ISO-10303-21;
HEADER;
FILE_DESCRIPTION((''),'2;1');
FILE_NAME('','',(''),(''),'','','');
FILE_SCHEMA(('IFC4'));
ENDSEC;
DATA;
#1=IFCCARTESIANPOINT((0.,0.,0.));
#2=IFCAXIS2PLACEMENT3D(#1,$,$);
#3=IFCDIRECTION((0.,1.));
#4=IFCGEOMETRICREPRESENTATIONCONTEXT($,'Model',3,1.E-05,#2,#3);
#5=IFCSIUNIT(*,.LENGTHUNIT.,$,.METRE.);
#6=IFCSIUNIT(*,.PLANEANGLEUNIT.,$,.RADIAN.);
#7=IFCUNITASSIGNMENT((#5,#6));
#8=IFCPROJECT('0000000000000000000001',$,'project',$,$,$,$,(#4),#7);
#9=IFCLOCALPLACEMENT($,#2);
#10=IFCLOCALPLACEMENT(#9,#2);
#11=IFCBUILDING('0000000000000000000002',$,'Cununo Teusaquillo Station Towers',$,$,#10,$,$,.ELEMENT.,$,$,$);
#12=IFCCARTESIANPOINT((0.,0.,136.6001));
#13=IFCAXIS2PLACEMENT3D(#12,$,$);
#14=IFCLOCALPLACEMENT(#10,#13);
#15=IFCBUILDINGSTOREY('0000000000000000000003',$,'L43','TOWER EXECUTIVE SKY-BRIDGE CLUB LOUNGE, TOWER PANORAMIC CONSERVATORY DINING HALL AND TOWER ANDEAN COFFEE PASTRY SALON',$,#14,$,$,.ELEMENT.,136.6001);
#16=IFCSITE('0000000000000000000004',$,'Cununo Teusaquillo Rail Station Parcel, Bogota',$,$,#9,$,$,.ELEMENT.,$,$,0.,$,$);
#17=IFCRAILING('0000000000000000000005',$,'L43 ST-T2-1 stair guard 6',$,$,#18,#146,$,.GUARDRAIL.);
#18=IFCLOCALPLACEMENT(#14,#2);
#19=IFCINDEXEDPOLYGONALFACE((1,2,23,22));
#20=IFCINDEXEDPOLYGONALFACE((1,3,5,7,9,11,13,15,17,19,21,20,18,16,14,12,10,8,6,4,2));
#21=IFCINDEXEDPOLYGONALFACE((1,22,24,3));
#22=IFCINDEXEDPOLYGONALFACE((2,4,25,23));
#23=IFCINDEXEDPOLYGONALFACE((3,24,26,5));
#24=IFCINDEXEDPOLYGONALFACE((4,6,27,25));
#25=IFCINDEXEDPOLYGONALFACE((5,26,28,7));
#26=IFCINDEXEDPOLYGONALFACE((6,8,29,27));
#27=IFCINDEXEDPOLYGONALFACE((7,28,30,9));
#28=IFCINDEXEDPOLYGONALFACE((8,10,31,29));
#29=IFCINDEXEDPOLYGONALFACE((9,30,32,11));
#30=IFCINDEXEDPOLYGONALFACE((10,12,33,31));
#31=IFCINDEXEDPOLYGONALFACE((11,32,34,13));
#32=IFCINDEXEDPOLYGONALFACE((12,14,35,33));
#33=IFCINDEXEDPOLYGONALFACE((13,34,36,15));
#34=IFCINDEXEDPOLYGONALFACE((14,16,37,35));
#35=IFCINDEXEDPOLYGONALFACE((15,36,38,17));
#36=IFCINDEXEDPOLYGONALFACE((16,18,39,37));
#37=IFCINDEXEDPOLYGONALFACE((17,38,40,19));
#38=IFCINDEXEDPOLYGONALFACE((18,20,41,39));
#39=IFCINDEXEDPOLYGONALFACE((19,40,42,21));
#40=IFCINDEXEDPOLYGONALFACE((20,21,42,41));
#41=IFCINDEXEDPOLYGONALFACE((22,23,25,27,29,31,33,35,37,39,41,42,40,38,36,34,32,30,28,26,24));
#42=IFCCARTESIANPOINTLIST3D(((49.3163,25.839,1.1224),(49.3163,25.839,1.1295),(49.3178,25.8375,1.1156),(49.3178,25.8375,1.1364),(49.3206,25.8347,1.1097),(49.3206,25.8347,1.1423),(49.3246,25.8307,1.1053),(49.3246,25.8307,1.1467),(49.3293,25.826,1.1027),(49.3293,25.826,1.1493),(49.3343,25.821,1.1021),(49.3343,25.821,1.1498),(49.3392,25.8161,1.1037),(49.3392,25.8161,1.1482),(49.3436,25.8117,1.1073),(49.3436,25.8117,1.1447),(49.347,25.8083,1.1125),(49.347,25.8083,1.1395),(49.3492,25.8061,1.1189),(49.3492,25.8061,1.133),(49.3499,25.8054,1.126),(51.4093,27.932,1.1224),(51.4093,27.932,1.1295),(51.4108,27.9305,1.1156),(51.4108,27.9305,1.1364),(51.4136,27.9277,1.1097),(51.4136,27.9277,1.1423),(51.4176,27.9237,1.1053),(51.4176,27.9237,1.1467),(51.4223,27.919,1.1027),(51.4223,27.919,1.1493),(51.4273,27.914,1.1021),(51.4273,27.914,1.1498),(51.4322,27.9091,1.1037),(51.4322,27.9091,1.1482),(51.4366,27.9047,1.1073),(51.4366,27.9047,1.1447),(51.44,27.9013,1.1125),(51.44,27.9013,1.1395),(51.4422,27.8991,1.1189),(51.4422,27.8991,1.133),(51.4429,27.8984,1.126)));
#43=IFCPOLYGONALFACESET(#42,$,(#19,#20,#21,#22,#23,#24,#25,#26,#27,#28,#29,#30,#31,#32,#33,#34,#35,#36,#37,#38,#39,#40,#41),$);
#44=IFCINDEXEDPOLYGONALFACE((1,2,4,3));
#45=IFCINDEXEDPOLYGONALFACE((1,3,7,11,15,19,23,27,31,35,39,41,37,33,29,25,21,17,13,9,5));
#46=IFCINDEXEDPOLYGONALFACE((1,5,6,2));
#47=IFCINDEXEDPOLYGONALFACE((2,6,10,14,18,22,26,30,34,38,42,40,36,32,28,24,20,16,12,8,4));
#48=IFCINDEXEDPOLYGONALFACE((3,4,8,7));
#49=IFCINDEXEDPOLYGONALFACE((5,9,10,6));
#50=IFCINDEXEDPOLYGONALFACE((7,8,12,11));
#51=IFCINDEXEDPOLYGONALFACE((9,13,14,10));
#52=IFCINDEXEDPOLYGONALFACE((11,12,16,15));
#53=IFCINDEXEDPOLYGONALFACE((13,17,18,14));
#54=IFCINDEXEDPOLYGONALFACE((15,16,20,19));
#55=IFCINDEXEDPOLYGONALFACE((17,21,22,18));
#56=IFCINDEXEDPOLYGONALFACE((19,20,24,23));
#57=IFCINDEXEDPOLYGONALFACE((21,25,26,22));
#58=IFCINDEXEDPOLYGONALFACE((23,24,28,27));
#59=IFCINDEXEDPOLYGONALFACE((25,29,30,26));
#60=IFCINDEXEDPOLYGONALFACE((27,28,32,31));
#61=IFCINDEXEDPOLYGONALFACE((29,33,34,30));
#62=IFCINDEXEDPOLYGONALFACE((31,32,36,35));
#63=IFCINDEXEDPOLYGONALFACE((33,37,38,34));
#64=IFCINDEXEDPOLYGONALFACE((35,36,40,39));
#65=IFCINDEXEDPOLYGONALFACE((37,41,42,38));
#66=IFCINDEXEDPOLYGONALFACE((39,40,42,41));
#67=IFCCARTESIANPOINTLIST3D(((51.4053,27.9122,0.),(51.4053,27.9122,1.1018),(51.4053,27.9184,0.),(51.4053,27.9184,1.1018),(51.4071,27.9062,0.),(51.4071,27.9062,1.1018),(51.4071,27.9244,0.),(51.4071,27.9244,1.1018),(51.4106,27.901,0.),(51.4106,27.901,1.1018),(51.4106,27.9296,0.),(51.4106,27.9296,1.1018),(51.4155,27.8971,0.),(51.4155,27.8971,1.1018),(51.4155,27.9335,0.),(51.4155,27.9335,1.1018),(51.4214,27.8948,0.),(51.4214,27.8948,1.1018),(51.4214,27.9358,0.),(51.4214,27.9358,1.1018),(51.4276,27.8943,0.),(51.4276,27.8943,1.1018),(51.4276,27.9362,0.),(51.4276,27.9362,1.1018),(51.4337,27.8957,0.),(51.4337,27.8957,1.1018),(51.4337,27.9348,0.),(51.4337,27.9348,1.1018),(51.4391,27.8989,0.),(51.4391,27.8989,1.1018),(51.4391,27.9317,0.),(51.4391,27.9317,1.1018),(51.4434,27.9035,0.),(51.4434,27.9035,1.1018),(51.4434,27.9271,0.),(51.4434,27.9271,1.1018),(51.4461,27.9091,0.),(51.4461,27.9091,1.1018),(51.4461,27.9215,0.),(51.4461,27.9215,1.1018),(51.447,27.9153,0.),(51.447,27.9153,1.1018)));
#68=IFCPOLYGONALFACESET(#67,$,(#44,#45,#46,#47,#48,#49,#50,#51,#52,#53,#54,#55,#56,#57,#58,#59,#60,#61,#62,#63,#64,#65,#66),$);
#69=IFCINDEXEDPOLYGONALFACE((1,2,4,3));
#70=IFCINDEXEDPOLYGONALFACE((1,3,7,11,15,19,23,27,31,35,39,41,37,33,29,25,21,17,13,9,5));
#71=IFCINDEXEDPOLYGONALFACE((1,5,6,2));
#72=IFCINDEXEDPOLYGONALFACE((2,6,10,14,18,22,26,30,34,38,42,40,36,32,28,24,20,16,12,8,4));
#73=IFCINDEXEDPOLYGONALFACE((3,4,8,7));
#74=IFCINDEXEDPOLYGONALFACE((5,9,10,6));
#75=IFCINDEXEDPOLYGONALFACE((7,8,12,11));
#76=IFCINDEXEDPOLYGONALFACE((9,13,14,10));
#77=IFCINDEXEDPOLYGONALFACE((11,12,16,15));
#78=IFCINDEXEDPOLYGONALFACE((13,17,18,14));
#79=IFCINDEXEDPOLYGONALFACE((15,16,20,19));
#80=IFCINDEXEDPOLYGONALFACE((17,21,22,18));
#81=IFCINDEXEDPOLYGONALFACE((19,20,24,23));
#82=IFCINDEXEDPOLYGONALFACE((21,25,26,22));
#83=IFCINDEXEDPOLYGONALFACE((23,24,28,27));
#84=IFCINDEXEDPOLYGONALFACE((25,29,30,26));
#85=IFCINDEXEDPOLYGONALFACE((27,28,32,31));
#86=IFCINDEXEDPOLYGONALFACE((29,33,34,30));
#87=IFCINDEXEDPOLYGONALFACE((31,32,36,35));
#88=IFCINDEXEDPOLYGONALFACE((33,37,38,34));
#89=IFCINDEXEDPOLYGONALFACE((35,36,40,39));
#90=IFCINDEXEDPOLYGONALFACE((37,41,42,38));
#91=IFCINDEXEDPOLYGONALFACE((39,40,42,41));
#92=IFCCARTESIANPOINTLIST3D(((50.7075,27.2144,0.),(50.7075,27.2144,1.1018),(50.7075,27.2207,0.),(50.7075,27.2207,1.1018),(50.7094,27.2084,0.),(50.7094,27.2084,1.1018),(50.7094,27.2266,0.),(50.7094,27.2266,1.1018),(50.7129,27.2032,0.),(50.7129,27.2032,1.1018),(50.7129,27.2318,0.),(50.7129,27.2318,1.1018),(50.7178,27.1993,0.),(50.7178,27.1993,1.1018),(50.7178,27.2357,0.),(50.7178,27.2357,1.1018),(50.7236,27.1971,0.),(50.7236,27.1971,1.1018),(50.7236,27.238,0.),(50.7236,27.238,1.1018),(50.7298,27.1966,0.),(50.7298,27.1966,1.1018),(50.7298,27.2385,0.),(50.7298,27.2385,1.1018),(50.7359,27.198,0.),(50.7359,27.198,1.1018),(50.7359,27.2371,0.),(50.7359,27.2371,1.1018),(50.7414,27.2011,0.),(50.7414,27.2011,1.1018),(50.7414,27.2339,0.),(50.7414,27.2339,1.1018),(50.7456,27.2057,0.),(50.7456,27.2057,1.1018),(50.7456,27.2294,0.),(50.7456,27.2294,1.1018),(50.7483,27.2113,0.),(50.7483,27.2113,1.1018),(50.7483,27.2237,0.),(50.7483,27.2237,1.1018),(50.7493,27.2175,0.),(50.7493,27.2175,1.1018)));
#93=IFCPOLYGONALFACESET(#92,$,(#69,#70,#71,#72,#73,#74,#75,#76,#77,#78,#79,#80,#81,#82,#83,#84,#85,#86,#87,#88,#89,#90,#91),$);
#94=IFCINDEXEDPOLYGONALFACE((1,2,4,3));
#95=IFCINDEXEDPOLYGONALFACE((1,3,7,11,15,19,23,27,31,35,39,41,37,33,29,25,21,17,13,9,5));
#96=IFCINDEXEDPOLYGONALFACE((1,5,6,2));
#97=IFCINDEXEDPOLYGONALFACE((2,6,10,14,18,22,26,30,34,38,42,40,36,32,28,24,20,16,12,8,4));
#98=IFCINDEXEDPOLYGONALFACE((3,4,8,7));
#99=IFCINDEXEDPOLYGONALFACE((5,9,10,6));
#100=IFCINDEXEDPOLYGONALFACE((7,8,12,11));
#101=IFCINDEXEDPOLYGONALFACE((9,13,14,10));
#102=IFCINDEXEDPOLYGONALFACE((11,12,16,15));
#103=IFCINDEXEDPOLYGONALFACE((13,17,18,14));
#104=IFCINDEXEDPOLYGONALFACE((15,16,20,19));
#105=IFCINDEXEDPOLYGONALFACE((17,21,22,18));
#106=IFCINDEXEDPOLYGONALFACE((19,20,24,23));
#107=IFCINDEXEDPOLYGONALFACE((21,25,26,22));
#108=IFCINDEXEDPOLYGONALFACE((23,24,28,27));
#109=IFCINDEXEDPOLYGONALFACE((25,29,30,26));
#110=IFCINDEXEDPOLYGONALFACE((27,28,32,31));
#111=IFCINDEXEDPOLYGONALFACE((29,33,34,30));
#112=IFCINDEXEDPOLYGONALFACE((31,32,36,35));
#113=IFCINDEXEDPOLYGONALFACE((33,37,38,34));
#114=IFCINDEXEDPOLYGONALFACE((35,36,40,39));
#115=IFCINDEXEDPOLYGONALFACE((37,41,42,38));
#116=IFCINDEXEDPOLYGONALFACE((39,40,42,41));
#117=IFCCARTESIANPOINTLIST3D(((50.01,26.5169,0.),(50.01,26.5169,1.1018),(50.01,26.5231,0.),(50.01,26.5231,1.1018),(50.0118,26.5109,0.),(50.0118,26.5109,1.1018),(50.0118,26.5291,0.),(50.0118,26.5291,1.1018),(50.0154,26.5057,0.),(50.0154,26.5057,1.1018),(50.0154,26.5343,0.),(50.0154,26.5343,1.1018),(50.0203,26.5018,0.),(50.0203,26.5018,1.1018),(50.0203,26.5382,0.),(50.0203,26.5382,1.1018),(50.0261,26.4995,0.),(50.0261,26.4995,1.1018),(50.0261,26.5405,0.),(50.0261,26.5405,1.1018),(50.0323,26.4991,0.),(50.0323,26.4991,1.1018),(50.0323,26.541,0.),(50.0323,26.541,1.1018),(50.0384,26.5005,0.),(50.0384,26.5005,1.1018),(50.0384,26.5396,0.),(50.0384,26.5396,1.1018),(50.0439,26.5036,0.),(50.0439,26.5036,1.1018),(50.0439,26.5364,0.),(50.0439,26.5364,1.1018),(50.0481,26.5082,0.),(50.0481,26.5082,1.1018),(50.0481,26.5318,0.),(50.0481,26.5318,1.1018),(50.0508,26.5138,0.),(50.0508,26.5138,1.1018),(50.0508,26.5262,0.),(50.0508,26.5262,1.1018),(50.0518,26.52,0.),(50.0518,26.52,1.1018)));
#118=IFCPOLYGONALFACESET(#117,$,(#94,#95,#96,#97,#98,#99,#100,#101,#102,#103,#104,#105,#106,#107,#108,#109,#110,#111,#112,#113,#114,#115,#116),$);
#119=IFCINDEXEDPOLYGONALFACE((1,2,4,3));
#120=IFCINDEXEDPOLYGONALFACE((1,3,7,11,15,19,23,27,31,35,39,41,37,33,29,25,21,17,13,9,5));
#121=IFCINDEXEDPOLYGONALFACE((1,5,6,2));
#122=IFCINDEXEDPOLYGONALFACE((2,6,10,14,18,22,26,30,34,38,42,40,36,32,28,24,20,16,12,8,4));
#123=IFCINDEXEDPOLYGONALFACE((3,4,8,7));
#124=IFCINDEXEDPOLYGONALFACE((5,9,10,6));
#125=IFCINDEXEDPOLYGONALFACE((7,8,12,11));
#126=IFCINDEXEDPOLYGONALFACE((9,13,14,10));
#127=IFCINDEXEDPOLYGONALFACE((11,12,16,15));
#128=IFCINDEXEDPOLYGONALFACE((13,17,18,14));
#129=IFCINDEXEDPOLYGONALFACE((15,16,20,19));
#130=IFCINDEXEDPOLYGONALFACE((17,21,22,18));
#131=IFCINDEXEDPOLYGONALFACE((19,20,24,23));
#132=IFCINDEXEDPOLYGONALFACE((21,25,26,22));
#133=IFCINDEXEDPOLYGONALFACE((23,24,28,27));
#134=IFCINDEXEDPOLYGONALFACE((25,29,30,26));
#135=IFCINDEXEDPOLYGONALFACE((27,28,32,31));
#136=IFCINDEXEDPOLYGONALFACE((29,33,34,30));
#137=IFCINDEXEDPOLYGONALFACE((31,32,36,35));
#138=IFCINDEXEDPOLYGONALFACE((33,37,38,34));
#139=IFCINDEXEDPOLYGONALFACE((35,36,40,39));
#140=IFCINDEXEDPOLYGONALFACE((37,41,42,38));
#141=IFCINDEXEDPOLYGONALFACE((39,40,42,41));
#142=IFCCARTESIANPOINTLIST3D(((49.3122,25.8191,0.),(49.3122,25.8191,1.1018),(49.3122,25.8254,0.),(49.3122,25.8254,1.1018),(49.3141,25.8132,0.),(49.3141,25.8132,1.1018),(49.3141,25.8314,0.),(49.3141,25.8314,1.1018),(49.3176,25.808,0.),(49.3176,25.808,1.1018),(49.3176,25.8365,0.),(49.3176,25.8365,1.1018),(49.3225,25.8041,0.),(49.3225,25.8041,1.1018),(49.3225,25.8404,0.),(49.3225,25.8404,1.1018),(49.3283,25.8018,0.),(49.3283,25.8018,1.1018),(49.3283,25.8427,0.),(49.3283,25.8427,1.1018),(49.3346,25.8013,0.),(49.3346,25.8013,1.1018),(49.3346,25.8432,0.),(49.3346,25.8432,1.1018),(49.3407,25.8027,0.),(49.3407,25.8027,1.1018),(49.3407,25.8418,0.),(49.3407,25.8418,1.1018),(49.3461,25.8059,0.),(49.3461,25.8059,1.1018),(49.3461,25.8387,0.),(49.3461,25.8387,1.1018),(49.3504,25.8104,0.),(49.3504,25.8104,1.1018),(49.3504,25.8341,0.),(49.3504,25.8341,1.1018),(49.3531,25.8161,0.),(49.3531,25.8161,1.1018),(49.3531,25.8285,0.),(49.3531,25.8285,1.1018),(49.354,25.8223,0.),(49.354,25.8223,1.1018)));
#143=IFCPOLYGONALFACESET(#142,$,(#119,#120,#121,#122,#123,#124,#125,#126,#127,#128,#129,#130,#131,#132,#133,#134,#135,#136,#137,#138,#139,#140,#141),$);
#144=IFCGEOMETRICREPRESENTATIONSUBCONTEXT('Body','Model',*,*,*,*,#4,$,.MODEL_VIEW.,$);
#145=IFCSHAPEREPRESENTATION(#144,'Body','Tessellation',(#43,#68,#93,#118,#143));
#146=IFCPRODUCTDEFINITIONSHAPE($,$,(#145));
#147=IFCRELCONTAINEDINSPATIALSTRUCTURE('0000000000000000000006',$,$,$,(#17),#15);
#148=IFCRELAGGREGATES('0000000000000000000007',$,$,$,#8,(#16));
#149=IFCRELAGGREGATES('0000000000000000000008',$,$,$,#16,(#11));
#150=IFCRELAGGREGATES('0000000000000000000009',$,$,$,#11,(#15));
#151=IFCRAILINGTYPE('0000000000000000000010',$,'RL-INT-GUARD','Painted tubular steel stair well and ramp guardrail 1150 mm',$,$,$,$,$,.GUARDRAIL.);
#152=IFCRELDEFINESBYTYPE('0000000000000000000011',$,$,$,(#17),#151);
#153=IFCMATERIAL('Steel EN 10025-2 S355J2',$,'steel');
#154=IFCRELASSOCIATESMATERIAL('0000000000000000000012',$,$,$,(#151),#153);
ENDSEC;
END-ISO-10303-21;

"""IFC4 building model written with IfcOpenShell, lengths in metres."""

from ifc_helpers import new_model, si_unit, direction, frame, origin, origin_2d, place, context, subcontext, project, spatial, circle, extrude, material, type_object, element, save


model = new_model("IFC4")

# Units and contexts
model_context = context("Model", 3, precision=1e-05, world=origin(), true_north=direction((0.0, 1.0)))
body_context = subcontext(model_context, "Body", "Model", "MODEL_VIEW")
ifc_project = project(units=[si_unit("LENGTHUNIT", "METRE"), si_unit("PLANEANGLEUNIT", "RADIAN")], contexts=[model_context])

# Site, building, storey
site_placement = place(None, origin())
site = spatial("IfcSite", under=ifc_project, at=site_placement, Name="Cununo Teusaquillo Rail Station Parcel, Bogota", CompositionType="ELEMENT", RefElevation=0.0)
building_placement = place(site_placement, origin())
building = spatial("IfcBuilding", under=site, at=building_placement, Name="Cununo Teusaquillo Station Towers", CompositionType="ELEMENT")
storey_placement = place(building_placement, frame((0.0, 0.0, 136.6001)))
storey = spatial("IfcBuildingStorey", under=building, at=storey_placement, Name="L43", Description="TOWER EXECUTIVE SKY-BRIDGE CLUB LOUNGE, TOWER PANORAMIC CONSERVATORY DINING HALL AND TOWER ANDEAN COFFEE PASTRY SALON", CompositionType="ELEMENT", Elevation=136.6001)

# Railing
ifc_material_1 = material(Name="Steel EN 10025-2 S355J2", Category="steel")
railing_type = type_object("IfcRailingType", Name="RL-INT-GUARD", Description="Painted tubular steel stair well and ramp guardrail 1150 mm", PredefinedType="GUARDRAIL", material=ifc_material_1)
railing_1_placement = place(storey_placement, frame((51.426, 27.9153, 0.0)))
element("IfcRailing", 1, at=railing_1_placement, inside=storey, type_object=railing_type, Name="L43 ST-T2-1 stair guard 6", PredefinedType="GUARDRAIL", context=body_context, shape_type="SweptSolid", body=[
    extrude(circle(Radius=0.0239, at=origin_2d()), frame((0.0, 0.0, 1.126), z_axis=(-0.707107, -0.707107, 0.0), x_axis=(0.707107, -0.707107, 0.0)), (0.0, 0.0, 1.0), 2.96),
    extrude(circle(Radius=0.021, at=origin_2d()), origin(), (0.0, 0.0, 1.0), 1.1018),
    extrude(circle(Radius=0.021, at=origin_2d()), frame((-0.6978, -0.6978, 0.0)), (0.0, 0.0, 1.0), 1.1018),
    extrude(circle(Radius=0.021, at=origin_2d()), frame((-1.3953, -1.3953, 0.0)), (0.0, 0.0, 1.0), 1.1018),
    extrude(circle(Radius=0.021, at=origin_2d()), frame((-2.093, -2.093, 0.0)), (0.0, 0.0, 1.0), 1.1018),
])

save(model, "model.ifc")
